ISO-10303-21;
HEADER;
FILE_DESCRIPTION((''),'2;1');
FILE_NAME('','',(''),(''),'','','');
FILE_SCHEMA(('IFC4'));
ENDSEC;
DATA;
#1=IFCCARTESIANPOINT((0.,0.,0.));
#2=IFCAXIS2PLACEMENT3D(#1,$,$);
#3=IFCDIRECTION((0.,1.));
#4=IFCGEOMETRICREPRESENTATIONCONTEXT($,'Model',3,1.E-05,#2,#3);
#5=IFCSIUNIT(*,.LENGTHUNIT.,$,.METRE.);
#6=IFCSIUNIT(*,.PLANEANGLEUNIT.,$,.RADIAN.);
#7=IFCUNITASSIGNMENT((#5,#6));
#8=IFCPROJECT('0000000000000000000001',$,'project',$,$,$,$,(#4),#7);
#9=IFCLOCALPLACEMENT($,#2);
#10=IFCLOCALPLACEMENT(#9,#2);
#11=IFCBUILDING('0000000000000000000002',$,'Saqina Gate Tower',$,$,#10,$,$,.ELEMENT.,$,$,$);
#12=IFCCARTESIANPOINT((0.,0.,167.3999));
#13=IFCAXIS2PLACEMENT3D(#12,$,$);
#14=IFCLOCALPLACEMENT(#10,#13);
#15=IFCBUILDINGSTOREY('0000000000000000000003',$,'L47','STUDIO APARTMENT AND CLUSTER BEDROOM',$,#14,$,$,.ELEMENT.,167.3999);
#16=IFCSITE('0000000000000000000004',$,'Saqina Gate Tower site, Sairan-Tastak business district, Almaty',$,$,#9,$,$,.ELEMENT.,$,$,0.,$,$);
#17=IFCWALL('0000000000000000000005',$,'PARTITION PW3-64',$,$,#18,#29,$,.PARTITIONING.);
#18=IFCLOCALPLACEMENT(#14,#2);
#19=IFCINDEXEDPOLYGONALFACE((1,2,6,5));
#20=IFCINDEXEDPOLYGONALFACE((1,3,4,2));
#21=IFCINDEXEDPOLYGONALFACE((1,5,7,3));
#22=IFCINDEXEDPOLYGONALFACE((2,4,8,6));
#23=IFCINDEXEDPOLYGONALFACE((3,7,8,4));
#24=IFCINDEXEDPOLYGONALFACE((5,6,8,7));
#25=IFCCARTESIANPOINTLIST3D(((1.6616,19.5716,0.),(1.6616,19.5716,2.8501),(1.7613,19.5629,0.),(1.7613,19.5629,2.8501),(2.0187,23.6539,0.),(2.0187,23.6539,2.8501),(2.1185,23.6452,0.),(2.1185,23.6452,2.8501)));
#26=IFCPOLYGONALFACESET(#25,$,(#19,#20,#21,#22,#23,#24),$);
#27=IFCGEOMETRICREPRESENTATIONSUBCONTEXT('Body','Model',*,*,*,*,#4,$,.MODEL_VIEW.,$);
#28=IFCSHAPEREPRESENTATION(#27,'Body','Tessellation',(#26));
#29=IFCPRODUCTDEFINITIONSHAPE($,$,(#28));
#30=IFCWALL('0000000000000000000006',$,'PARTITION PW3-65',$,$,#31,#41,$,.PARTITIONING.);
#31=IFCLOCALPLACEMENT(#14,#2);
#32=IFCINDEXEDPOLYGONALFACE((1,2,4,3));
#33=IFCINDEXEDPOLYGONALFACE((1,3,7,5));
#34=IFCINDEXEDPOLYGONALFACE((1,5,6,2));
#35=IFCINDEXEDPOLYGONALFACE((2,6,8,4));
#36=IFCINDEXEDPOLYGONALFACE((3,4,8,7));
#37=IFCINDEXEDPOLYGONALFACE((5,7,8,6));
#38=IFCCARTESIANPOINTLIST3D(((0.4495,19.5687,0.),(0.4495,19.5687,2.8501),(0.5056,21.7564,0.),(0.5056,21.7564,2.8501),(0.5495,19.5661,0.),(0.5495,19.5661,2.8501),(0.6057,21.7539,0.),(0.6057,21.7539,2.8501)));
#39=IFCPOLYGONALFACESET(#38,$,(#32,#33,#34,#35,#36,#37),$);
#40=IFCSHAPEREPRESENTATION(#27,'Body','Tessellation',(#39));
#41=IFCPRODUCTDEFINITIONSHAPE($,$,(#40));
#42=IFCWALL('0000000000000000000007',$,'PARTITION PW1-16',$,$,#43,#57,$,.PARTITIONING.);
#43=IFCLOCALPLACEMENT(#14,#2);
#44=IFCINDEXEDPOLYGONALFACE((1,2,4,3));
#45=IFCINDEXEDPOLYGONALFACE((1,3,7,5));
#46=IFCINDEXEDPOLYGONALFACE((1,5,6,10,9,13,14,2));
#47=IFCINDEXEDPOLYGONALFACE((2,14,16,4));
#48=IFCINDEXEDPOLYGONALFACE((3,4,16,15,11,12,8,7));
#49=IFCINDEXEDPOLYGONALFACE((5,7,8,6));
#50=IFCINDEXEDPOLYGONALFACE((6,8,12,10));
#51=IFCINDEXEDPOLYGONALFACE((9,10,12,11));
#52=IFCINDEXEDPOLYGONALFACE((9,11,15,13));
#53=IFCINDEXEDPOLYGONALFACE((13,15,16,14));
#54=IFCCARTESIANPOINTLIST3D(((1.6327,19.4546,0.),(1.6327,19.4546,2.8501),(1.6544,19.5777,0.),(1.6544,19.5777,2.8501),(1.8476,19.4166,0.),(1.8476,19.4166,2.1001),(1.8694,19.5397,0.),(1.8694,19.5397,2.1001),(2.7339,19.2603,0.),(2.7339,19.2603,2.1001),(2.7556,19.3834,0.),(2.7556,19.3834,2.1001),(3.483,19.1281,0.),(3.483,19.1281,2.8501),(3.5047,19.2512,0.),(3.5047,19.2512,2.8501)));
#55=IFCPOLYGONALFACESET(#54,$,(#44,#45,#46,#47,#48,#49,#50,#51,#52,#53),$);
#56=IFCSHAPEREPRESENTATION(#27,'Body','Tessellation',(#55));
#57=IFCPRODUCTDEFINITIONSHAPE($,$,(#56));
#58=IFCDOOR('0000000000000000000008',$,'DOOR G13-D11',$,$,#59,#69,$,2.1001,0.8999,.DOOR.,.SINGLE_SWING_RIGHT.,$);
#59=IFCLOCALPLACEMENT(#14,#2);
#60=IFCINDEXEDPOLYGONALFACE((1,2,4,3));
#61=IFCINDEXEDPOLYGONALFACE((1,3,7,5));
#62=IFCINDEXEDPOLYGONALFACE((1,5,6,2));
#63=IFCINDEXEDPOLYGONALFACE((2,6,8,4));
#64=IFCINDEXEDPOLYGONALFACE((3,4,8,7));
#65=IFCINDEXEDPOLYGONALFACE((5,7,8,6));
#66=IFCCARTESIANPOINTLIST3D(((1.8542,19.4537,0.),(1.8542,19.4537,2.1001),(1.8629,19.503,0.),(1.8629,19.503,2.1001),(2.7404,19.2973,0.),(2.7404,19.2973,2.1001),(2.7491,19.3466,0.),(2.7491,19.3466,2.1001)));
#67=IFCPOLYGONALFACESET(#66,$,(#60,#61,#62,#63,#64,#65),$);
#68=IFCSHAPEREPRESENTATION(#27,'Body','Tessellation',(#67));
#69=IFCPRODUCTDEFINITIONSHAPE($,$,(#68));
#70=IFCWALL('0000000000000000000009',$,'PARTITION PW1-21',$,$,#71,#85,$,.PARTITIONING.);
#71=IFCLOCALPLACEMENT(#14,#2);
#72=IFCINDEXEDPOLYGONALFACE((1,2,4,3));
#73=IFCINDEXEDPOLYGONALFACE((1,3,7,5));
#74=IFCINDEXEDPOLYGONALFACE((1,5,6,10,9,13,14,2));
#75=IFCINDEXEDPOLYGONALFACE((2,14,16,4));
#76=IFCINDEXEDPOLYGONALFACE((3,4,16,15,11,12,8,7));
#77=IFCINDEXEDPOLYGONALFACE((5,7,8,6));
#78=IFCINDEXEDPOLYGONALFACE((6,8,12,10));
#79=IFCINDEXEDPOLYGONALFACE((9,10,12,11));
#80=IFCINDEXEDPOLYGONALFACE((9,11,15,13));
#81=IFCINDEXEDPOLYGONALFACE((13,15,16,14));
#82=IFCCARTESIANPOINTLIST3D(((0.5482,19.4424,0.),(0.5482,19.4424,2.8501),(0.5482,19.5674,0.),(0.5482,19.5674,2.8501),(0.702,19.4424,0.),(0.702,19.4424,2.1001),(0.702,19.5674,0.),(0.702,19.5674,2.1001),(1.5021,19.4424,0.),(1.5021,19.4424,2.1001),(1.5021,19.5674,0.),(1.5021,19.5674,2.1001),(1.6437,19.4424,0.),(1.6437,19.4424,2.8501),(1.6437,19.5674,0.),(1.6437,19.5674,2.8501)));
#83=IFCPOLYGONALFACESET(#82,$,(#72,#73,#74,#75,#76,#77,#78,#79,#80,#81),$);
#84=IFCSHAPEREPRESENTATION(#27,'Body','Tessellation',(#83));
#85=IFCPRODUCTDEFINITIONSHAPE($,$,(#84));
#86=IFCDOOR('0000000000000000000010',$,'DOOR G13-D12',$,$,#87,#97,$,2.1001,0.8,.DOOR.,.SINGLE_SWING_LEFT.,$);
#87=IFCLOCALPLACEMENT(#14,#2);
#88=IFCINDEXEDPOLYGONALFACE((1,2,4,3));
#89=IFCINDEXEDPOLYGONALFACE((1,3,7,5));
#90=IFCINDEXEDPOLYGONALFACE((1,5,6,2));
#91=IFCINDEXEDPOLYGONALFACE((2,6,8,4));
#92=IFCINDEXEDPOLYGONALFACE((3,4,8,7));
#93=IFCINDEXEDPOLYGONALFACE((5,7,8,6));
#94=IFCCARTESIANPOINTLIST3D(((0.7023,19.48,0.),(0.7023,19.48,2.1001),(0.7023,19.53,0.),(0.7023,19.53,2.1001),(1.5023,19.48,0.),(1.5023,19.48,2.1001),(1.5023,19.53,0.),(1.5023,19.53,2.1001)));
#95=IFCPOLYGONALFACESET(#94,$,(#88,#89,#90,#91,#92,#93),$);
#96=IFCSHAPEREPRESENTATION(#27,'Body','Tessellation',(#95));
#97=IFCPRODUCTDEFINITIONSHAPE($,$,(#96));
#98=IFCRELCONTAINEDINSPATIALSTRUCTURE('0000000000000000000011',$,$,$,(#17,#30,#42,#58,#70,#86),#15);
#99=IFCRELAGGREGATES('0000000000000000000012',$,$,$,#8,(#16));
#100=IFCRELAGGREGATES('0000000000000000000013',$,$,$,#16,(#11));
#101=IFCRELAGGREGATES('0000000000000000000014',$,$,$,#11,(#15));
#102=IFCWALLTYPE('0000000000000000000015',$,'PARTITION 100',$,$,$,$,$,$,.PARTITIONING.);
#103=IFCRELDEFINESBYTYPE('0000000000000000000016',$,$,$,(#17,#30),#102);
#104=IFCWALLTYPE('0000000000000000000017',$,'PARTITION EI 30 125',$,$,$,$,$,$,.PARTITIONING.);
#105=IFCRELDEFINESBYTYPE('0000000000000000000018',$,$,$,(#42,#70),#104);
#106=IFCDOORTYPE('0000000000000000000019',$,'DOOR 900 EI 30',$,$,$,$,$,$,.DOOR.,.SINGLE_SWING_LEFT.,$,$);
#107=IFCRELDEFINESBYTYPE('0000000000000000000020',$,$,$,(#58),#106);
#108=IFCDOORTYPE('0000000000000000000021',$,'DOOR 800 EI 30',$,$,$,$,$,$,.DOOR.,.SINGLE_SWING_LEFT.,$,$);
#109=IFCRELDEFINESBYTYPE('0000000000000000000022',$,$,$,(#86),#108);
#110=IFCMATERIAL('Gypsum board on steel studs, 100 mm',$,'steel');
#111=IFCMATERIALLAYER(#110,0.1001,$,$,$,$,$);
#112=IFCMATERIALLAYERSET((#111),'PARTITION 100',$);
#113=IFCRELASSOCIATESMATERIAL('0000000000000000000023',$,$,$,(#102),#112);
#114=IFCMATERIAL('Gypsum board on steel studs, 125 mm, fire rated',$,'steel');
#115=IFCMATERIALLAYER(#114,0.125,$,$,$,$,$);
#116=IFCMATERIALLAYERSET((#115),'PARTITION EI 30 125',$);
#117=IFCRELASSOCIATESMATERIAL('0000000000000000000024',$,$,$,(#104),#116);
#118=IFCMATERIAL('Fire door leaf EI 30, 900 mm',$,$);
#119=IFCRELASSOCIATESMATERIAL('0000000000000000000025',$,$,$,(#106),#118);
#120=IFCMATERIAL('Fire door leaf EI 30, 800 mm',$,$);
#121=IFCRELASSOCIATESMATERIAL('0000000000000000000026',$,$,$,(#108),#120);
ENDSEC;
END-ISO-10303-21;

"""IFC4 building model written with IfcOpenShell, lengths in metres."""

from ifc_helpers import new_model, si_unit, direction, frame, frame_2d, origin, place, context, subcontext, project, spatial, rectangle, extrude, material, layer, layer_set, type_object, element, fill, save


model = new_model("IFC4")

# Units and contexts
model_context = context("Model", 3, precision=1e-05, world=origin(), true_north=direction((0.0, 1.0)))
body_context = subcontext(model_context, "Body", "Model", "MODEL_VIEW")
ifc_project = project(units=[si_unit("LENGTHUNIT", "METRE"), si_unit("PLANEANGLEUNIT", "RADIAN")], contexts=[model_context])

# Site, building, storey
site_placement = place(None, origin())
site = spatial("IfcSite", under=ifc_project, at=site_placement, Name="Saqina Gate Tower site, Sairan-Tastak business district, Almaty", CompositionType="ELEMENT", RefElevation=0.0)
building_placement = place(site_placement, origin())
building = spatial("IfcBuilding", under=site, at=building_placement, Name="Saqina Gate Tower", CompositionType="ELEMENT")
storey_placement = place(building_placement, frame((0.0, 0.0, 167.3999)))
storey = spatial("IfcBuildingStorey", under=building, at=storey_placement, Name="L47", Description="STUDIO APARTMENT AND CLUSTER BEDROOM", CompositionType="ELEMENT", Elevation=167.3999)

# Shared definitions
ifc_material_1 = material(Name="Gypsum board on steel studs, 100 mm", Category="steel")
ifc_layer_1 = layer(ifc_material_1, 0.1001)
ifc_layer_set_1 = layer_set([ifc_layer_1], Name="PARTITION 100")
wall_type_1 = type_object("IfcWallType", Name="PARTITION 100", PredefinedType="PARTITIONING", material=ifc_layer_set_1)

# Walls
wall_1_placement = place(storey_placement, frame((1.7114, 19.5674, 0.0), z_axis=(0.0, 0.0, 1.0), x_axis=(0.087162, 0.996194, 0.0)))
element("IfcWall", 1, at=wall_1_placement, inside=storey, type_object=wall_type_1, Name="PARTITION PW3-64", PredefinedType="PARTITIONING", context=body_context, shape_type="SweptSolid", body=[
    extrude(rectangle(XDim=4.0979, YDim=0.1001, at=frame_2d((2.0488, 0.0))), origin(), (0.0, 0.0, 1.0), 2.8501),
])
wall_2_placement = place(storey_placement, frame((0.4995, 19.5674, 0.0), z_axis=(0.0, 0.0, 1.0), x_axis=(0.025658, 0.999671, 0.0)))
element("IfcWall", 2, at=wall_2_placement, inside=storey, type_object=wall_type_1, Name="PARTITION PW3-65", PredefinedType="PARTITIONING", context=body_context, shape_type="SweptSolid", body=[
    extrude(rectangle(XDim=2.1885, YDim=0.1001, at=frame_2d((1.0942, 0.0))), origin(), (0.0, 0.0, 1.0), 2.8501),
])

# Walls, openings, doors
ifc_material_2 = material(Name="Gypsum board on steel studs, 125 mm, fire rated", Category="steel")
ifc_layer_2 = layer(ifc_material_2, 0.125)
ifc_layer_set_2 = layer_set([ifc_layer_2], Name="PARTITION EI 30 125")
wall_type_2 = type_object("IfcWallType", Name="PARTITION EI 30 125", PredefinedType="PARTITIONING", material=ifc_layer_set_2)
wall_3_placement = place(storey_placement, frame((1.6436, 19.5161, 0.0), z_axis=(0.0, 0.0, 1.0), x_axis=(0.984794, -0.173726, 0.0)))
wall_3 = element("IfcWall", 3, at=wall_3_placement, inside=storey, type_object=wall_type_2, Name="PARTITION PW1-16", PredefinedType="PARTITIONING", context=body_context, shape_type="SweptSolid", body=[
    extrude(rectangle(XDim=1.8789, YDim=0.125, at=frame_2d((0.9395, 0.0))), origin(), (0.0, 0.0, 1.0), 2.8501),
])
opening_1_placement = place(wall_3_placement, frame((0.2183, 0.0, 0.0)))
opening_1 = element("IfcOpeningElement", 4, at=opening_1_placement, cuts=wall_3, PredefinedType="OPENING", context=body_context, shape_type="SweptSolid", body=[
    extrude(rectangle(XDim=0.8999, YDim=2.1001, at=frame_2d((0.45, 1.05))), frame((0.0, 0.0745, 0.0), z_axis=(0.0, -1.0, 0.0), x_axis=(1.0, 0.0, 0.0)), (0.0, 0.0, 1.0), 0.1489),
])
ifc_material_3 = material(Name="Fire door leaf EI 30, 900 mm")
door_type_1 = type_object("IfcDoorType", Name="DOOR 900 EI 30", OperationType="SINGLE_SWING_LEFT", PredefinedType="DOOR", material=ifc_material_3)
door_1_placement = place(opening_1_placement, frame((0.8999, 0.0, 0.0), z_axis=(0.0, 0.0, 1.0), x_axis=(-1.0, 0.0, 0.0)))
door_1 = element("IfcDoor", 5, at=door_1_placement, inside=storey, type_object=door_type_1, Name="DOOR G13-D11", OperationType="SINGLE_SWING_RIGHT", OverallHeight=2.1001, OverallWidth=0.8999, PredefinedType="DOOR", context=body_context, shape_type="SweptSolid", body=[
    extrude(rectangle(XDim=0.8999, YDim=2.1001, at=frame_2d((0.45, 1.05))), frame((0.0, 0.0249, 0.0), z_axis=(0.0, -1.0, 0.0), x_axis=(1.0, 0.0, 0.0)), (0.0, 0.0, 1.0), 0.05),
])
fill(opening_1, door_1)
wall_4_placement = place(storey_placement, frame((0.5481, 19.5049, 0.0), z_axis=(0.0, 0.0, 1.0), x_axis=(1.0, 0.0, 0.0)))
wall_4 = element("IfcWall", 6, at=wall_4_placement, inside=storey, type_object=wall_type_2, Name="PARTITION PW1-21", PredefinedType="PARTITIONING", context=body_context, shape_type="SweptSolid", body=[
    extrude(rectangle(XDim=1.0955, YDim=0.125, at=frame_2d((0.5479, 0.0))), origin(), (0.0, 0.0, 1.0), 2.8501),
])
opening_2_placement = place(wall_4_placement, frame((0.1541, 0.0, 0.0)))
opening_2 = element("IfcOpeningElement", 7, at=opening_2_placement, cuts=wall_4, PredefinedType="OPENING", context=body_context, shape_type="SweptSolid", body=[
    extrude(rectangle(XDim=0.8, YDim=2.1001, at=frame_2d((0.3999, 1.05))), frame((0.0, 0.0745, 0.0), z_axis=(0.0, -1.0, 0.0), x_axis=(1.0, 0.0, 0.0)), (0.0, 0.0, 1.0), 0.1489),
])
ifc_material_4 = material(Name="Fire door leaf EI 30, 800 mm")
door_type_2 = type_object("IfcDoorType", Name="DOOR 800 EI 30", OperationType="SINGLE_SWING_LEFT", PredefinedType="DOOR", material=ifc_material_4)
door_2_placement = place(opening_2_placement, frame((0.8, 0.0, 0.0), z_axis=(0.0, 0.0, 1.0), x_axis=(-1.0, 0.0, 0.0)))
door_2 = element("IfcDoor", 8, at=door_2_placement, inside=storey, type_object=door_type_2, Name="DOOR G13-D12", OperationType="SINGLE_SWING_LEFT", OverallHeight=2.1001, OverallWidth=0.8, PredefinedType="DOOR", context=body_context, shape_type="SweptSolid", body=[
    extrude(rectangle(XDim=0.8, YDim=2.1001, at=frame_2d((0.3999, 1.05))), frame((0.0, 0.0249, 0.0), z_axis=(0.0, -1.0, 0.0), x_axis=(1.0, 0.0, 0.0)), (0.0, 0.0, 1.0), 0.05),
])
fill(opening_2, door_2)

save(model, "model.ifc")
